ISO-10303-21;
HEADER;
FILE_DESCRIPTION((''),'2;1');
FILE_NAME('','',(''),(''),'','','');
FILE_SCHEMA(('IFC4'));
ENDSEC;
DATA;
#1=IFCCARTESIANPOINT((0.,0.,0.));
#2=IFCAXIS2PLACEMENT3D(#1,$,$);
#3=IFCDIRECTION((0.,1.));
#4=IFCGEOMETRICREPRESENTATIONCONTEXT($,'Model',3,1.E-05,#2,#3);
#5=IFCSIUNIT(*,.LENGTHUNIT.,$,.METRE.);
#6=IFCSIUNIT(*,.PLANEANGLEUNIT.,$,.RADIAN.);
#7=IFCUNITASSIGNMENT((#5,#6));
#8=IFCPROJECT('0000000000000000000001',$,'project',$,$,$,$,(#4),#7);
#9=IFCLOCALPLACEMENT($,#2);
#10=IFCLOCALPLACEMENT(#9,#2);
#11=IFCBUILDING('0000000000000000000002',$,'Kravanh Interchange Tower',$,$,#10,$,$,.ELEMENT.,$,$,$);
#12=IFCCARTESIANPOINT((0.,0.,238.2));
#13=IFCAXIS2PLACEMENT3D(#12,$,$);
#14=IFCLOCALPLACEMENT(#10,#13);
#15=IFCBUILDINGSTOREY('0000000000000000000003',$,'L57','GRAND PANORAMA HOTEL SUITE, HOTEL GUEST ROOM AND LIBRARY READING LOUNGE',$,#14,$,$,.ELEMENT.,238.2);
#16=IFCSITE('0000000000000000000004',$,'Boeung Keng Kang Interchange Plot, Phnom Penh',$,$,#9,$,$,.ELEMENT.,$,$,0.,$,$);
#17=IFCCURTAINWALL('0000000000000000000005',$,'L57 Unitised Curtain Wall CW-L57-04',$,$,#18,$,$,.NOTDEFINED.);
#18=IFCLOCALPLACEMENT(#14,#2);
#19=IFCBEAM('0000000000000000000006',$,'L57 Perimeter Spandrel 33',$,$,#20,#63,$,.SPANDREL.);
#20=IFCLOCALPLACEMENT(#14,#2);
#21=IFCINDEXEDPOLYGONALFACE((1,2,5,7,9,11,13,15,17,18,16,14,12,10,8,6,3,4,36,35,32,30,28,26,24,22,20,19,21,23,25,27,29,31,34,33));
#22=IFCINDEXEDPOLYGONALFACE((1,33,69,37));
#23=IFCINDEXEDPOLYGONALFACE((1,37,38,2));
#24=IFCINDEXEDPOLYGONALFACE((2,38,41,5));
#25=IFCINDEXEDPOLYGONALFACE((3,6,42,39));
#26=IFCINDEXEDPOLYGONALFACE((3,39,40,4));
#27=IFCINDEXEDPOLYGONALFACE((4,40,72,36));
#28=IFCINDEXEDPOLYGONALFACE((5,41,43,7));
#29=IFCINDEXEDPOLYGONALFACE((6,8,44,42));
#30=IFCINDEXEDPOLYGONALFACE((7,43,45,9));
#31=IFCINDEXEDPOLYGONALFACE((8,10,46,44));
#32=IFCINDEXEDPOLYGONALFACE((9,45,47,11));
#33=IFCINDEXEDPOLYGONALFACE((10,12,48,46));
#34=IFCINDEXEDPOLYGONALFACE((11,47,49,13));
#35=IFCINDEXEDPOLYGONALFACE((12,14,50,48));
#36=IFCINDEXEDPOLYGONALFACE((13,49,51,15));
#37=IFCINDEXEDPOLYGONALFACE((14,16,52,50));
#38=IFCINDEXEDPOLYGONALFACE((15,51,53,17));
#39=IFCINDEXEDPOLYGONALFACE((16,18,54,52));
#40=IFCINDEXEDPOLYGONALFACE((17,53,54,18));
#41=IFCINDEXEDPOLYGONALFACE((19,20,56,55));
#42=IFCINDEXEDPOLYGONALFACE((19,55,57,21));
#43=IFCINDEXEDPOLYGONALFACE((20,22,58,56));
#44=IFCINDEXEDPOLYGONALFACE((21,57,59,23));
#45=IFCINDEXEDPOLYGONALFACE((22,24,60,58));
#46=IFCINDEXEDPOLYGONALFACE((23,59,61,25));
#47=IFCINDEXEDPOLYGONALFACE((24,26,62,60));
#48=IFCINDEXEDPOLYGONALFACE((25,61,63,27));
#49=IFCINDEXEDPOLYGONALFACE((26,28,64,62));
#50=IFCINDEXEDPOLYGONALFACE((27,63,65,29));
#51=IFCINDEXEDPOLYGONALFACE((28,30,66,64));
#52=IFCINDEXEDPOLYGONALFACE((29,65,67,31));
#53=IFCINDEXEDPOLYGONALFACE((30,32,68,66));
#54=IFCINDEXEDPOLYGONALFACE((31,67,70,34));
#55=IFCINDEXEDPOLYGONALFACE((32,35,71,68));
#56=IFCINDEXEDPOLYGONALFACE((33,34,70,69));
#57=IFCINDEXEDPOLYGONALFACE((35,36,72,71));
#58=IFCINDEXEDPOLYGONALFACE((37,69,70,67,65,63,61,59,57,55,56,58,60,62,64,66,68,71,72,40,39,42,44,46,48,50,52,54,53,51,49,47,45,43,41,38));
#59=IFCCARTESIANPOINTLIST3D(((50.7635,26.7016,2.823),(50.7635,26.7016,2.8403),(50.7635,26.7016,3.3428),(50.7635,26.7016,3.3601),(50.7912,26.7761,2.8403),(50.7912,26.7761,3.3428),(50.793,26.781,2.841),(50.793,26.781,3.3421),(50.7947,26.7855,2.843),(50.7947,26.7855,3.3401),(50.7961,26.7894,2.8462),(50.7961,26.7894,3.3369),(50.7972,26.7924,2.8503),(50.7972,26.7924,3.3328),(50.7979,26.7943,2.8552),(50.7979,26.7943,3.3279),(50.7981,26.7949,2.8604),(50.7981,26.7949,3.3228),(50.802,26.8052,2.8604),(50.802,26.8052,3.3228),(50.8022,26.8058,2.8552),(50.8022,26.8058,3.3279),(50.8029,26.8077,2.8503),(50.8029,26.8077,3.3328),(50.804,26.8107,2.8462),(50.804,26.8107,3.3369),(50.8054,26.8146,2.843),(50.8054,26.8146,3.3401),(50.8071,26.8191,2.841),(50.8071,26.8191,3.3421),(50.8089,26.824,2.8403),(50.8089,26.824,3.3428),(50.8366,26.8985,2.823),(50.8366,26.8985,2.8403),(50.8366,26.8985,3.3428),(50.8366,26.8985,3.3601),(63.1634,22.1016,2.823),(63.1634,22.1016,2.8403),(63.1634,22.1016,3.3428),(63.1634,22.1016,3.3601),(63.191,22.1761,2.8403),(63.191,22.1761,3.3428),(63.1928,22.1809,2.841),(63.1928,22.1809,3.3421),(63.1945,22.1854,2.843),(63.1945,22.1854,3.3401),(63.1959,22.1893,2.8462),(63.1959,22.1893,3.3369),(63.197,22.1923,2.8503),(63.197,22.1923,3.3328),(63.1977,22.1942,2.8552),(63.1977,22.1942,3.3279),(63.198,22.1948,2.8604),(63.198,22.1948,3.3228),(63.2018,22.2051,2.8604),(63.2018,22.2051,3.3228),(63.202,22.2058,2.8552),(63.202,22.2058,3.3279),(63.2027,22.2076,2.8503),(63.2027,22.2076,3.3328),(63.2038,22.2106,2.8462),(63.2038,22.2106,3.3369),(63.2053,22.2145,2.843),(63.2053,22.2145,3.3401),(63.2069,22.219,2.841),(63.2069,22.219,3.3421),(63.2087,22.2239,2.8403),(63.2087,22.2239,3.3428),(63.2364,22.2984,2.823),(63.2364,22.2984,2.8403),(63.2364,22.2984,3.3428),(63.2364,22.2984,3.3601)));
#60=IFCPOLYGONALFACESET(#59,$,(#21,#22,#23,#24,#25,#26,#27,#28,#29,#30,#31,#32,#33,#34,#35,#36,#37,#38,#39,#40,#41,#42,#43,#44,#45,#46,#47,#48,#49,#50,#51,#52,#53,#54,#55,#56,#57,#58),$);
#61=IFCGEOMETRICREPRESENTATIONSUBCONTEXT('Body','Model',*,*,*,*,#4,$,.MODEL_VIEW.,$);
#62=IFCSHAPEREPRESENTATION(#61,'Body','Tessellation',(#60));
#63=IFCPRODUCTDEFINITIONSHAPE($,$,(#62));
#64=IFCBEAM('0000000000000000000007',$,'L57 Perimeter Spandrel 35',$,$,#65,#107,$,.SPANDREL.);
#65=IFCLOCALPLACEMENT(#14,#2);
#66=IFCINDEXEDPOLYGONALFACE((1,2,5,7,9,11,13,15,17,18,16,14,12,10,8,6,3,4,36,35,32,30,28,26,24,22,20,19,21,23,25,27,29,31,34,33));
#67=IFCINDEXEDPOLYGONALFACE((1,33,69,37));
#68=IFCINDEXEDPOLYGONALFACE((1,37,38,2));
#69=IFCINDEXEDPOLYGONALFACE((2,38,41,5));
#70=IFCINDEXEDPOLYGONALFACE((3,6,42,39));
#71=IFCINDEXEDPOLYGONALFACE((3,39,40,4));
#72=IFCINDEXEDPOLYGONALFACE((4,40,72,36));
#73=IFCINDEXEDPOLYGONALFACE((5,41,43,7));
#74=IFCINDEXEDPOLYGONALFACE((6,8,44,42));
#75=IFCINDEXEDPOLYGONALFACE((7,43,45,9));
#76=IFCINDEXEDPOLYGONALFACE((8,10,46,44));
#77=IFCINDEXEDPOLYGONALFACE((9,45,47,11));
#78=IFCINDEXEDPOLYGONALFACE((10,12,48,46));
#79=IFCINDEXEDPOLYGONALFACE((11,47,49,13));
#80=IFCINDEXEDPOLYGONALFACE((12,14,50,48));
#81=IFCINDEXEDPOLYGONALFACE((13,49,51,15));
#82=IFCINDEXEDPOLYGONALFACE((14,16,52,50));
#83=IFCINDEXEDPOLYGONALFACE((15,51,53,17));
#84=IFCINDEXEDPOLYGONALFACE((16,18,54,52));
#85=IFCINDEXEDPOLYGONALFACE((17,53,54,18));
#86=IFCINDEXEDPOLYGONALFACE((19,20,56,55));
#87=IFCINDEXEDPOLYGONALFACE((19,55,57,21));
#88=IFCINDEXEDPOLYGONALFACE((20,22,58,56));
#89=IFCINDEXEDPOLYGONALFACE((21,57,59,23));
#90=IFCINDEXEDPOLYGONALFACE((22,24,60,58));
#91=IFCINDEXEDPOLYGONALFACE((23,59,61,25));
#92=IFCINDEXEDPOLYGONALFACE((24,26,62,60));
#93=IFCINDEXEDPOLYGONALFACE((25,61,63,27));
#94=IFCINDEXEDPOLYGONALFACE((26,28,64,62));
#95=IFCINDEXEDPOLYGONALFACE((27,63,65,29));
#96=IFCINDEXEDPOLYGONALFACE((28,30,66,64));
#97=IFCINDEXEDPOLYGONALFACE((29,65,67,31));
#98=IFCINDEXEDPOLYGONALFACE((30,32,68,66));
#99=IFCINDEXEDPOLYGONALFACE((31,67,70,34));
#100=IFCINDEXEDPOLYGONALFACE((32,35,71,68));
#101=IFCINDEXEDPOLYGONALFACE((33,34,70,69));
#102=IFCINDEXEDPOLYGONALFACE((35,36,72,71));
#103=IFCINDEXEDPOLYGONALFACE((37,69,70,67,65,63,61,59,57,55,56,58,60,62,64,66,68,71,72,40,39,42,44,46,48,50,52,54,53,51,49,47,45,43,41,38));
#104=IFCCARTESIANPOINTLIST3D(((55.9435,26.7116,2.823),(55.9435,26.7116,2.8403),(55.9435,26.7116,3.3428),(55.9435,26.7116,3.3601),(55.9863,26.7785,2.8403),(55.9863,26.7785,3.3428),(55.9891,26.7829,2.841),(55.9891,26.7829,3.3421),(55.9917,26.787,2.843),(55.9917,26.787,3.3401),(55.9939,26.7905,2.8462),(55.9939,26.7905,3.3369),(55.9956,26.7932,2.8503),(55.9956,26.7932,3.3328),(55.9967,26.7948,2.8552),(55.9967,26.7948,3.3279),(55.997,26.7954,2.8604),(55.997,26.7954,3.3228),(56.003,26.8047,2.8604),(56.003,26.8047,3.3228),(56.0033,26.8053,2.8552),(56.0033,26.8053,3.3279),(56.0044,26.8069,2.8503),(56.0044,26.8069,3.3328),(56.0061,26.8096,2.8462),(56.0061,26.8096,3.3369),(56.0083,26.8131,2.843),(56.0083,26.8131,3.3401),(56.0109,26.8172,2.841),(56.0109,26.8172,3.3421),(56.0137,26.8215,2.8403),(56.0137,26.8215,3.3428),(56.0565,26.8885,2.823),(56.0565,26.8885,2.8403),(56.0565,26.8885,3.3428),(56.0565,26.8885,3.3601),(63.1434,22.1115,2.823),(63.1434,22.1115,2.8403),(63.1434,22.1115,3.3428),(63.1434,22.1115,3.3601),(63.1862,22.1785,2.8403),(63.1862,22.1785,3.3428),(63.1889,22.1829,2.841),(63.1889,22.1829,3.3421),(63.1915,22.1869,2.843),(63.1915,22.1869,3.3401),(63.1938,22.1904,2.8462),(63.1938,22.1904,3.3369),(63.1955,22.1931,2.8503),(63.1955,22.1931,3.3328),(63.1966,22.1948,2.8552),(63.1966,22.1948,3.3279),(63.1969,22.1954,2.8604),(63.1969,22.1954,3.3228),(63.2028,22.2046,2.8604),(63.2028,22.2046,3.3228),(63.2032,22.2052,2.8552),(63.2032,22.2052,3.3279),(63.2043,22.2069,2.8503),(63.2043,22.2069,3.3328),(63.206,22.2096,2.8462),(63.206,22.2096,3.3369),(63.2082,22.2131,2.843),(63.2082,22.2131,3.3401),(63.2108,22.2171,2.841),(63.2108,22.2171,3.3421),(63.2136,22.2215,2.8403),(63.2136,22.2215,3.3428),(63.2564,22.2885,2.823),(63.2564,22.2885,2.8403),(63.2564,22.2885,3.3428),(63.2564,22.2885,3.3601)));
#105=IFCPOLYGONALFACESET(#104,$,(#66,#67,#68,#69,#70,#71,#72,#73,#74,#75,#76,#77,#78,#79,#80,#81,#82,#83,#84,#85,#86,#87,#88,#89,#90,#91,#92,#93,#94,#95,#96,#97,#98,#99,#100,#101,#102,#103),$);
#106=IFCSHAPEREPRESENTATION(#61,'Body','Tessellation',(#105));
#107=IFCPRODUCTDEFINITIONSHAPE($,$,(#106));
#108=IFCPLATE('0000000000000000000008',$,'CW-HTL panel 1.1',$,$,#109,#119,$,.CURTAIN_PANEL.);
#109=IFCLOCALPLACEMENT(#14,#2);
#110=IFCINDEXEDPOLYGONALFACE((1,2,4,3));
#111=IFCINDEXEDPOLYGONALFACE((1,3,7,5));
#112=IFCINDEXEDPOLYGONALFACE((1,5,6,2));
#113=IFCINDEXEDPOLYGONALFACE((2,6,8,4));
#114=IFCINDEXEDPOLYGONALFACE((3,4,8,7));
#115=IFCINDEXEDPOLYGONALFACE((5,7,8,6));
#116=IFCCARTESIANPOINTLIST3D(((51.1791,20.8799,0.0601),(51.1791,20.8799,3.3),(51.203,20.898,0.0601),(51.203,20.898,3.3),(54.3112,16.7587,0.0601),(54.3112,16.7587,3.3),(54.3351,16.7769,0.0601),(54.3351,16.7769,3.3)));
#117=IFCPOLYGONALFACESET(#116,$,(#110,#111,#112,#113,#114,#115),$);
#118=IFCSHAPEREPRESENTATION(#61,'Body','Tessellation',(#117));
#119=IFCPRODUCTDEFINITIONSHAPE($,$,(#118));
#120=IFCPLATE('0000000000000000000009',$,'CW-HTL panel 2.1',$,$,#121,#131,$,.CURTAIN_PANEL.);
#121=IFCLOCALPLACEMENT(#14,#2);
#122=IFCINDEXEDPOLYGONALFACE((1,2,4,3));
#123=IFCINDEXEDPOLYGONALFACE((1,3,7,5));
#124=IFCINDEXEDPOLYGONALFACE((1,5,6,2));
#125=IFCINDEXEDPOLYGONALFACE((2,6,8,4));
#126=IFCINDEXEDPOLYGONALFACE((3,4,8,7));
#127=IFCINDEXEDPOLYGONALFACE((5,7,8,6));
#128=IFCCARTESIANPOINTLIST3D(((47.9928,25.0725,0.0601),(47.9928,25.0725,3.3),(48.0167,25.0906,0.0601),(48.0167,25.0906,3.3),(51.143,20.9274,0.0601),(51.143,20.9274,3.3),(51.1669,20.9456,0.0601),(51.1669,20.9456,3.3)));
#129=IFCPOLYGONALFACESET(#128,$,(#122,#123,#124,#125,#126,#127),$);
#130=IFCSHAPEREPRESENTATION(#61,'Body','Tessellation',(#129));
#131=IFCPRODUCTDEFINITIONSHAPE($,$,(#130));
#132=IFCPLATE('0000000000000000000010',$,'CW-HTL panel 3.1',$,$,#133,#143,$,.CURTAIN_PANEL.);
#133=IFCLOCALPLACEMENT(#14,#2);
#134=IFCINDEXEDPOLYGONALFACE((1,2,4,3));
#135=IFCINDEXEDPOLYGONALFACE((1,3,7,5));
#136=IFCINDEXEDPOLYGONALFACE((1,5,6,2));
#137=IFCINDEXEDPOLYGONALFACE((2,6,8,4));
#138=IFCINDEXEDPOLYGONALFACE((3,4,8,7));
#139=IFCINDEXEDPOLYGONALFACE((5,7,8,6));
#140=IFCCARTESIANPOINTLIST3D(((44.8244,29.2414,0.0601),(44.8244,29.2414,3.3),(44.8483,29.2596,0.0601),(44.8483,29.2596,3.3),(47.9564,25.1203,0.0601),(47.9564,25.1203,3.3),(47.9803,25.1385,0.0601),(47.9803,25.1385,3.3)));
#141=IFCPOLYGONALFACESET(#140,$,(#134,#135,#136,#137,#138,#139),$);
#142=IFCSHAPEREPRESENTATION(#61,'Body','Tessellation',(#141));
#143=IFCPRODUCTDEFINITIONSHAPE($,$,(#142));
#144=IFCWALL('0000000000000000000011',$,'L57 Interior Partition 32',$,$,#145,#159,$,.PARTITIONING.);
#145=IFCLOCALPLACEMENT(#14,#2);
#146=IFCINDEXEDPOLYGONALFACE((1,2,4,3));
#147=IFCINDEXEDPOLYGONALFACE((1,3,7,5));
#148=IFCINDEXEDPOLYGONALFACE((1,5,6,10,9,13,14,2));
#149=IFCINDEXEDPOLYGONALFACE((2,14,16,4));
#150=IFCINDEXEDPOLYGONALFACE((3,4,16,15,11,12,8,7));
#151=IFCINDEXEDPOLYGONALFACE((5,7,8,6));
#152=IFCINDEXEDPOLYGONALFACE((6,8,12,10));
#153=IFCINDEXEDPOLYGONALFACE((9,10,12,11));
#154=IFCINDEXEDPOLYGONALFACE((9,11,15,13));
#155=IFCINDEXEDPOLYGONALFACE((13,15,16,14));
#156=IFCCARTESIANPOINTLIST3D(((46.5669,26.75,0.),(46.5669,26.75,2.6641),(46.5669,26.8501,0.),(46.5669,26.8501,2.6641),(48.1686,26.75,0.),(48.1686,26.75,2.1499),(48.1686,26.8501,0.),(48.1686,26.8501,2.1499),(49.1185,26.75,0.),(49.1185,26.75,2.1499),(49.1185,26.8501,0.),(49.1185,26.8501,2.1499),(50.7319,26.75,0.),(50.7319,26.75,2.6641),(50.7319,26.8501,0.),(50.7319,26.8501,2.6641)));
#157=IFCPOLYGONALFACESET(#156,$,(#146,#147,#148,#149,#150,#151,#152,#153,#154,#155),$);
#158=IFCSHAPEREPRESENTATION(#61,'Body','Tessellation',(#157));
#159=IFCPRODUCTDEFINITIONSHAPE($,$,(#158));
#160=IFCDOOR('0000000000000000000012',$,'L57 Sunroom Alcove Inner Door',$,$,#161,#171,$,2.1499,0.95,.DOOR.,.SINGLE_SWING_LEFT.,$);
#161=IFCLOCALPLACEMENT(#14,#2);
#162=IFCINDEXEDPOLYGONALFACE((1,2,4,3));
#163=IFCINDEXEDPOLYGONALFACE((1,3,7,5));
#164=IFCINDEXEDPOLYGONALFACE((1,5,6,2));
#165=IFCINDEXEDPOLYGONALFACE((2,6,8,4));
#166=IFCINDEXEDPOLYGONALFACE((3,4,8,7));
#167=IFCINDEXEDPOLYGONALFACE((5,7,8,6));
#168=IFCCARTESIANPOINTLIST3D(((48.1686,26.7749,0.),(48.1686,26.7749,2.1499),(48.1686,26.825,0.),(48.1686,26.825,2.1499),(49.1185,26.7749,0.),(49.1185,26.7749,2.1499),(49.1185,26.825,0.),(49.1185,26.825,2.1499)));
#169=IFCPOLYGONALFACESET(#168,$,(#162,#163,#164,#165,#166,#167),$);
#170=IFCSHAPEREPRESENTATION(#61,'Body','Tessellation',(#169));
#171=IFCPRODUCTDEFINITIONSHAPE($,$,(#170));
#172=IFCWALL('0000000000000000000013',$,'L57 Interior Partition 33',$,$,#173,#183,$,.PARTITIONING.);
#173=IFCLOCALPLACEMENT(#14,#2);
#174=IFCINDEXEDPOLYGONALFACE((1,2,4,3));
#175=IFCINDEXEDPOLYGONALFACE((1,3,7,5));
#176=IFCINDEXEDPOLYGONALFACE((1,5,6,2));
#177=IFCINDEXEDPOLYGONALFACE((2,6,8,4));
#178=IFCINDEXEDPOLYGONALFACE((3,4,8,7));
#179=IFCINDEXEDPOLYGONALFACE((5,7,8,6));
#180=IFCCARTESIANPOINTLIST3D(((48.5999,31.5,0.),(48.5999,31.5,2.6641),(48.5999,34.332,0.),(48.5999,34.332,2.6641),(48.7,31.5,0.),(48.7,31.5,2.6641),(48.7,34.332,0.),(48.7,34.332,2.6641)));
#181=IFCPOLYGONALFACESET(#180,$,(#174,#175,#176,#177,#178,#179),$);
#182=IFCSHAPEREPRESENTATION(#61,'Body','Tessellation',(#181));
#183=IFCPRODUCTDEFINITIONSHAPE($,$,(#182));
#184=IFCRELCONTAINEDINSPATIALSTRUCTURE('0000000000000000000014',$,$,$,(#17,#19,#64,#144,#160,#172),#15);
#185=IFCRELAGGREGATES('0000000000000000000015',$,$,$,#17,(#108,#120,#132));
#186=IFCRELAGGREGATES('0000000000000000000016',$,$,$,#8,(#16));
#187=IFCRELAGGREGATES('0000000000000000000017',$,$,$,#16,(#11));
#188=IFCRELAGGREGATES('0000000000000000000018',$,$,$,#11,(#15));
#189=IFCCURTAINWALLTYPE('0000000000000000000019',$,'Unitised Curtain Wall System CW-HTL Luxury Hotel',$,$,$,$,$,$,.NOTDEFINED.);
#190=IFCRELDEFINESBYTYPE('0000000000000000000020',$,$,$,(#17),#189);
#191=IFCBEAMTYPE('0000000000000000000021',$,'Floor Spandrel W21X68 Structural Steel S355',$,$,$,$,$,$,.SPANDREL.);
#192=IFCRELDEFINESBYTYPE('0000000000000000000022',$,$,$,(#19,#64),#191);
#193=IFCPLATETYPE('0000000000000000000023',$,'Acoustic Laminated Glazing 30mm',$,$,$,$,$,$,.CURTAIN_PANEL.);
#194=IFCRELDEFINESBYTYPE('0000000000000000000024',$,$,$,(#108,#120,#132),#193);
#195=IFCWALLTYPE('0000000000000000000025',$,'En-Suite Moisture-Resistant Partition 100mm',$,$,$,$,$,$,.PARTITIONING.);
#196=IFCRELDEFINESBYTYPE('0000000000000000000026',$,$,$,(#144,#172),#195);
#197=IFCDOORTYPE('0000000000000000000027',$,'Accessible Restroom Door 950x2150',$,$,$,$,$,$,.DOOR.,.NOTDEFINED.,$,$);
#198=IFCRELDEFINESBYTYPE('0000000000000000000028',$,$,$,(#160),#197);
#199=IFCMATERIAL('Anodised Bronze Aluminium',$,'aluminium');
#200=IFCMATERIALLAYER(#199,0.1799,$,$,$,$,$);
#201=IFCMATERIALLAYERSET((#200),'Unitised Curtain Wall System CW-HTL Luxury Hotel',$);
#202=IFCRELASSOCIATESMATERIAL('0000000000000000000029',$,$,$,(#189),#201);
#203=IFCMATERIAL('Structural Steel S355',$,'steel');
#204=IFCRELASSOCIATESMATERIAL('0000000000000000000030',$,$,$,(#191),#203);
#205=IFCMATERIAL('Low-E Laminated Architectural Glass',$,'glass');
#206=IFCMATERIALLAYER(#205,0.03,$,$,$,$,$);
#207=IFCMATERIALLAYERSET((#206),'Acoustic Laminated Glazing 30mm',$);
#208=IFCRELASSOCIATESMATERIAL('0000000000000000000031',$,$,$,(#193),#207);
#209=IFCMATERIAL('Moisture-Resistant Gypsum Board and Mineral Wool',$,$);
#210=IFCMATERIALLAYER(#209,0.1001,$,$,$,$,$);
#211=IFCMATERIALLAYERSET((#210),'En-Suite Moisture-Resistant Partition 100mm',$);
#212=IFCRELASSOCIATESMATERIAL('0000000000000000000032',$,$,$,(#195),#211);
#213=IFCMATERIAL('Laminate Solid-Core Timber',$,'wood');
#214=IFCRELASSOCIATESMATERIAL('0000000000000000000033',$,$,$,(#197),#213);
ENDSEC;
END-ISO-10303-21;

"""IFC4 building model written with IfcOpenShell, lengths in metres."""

from ifc_helpers import new_model, si_unit, direction, frame, frame_2d, origin, origin_2d, place, context, subcontext, project, spatial, rectangle, i_section, extrude, material, layer, layer_set, material_profile, profile_set, type_object, element, fill, aggregate, save


model = new_model("IFC4")

# Units and contexts
model_context = context("Model", 3, precision=1e-05, world=origin(), true_north=direction((0.0, 1.0)))
body_context = subcontext(model_context, "Body", "Model", "MODEL_VIEW")
ifc_project = project(units=[si_unit("LENGTHUNIT", "METRE"), si_unit("PLANEANGLEUNIT", "RADIAN")], contexts=[model_context])

# Site, building, storey
site_placement = place(None, origin())
site = spatial("IfcSite", under=ifc_project, at=site_placement, Name="Boeung Keng Kang Interchange Plot, Phnom Penh", CompositionType="ELEMENT", RefElevation=0.0)
building_placement = place(site_placement, origin())
building = spatial("IfcBuilding", under=site, at=building_placement, Name="Kravanh Interchange Tower", CompositionType="ELEMENT")
storey_placement = place(building_placement, frame((0.0, 0.0, 238.2)))
storey = spatial("IfcBuildingStorey", under=building, at=storey_placement, Name="L57", Description="GRAND PANORAMA HOTEL SUITE, HOTEL GUEST ROOM AND LIBRARY READING LOUNGE", CompositionType="ELEMENT", Elevation=238.2)

# Shared definitions
ifc_material_1 = material(Name="Anodised Bronze Aluminium", Category="aluminium")
ifc_layer_1 = layer(ifc_material_1, 0.1799)
ifc_layer_set_1 = layer_set([ifc_layer_1], Name="Unitised Curtain Wall System CW-HTL Luxury Hotel")
curtain_wall_type = type_object("IfcCurtainWallType", Name="Unitised Curtain Wall System CW-HTL Luxury Hotel", PredefinedType="NOTDEFINED", material=ifc_layer_set_1)

# Curtain wall
curtain_wall_1_placement = place(storey_placement, origin())
curtain_wall_1 = element("IfcCurtainWall", 1, at=curtain_wall_1_placement, inside=storey, type_object=curtain_wall_type, Name="L57 Unitised Curtain Wall CW-L57-04", PredefinedType="NOTDEFINED")

# Beams
ifc_material_2 = material(Name="Structural Steel S355", Category="steel")
ifc_material_profile_1 = material_profile(ifc_material_2, i_section(OverallWidth=0.21, OverallDepth=0.5371, WebThickness=0.011, FlangeThickness=0.0173, FilletRadius=0.02, at=origin_2d()), Name="W21X68")
ifc_profile_set_1 = profile_set([ifc_material_profile_1], Name="Structural Steel S355")
beam_type_1 = type_object("IfcBeamType", Name="Floor Spandrel W21X68 Structural Steel S355", PredefinedType="SPANDREL", material=ifc_profile_set_1)
beam_1_placement = place(storey_placement, frame((50.8, 26.8, 3.0916), z_axis=(0.937563, -0.347816, 0.0), x_axis=(0.347816, 0.937563, 0.0)))
element("IfcBeam", 2, at=beam_1_placement, inside=storey, type_object=beam_type_1, Name="L57 Perimeter Spandrel 33", PredefinedType="SPANDREL", context=body_context, shape_type="SweptSolid", body=[
    extrude(i_section(OverallWidth=0.21, OverallDepth=0.5371, WebThickness=0.011, FlangeThickness=0.0173, FilletRadius=0.02, at=origin_2d()), origin(), (0.0, 0.0, 1.0), 13.2256),
])
beam_2_placement = place(storey_placement, frame((56.0, 26.8, 3.0916), z_axis=(0.842689, -0.5384, 0.0), x_axis=(0.5384, 0.842689, 0.0)))
element("IfcBeam", 3, at=beam_2_placement, inside=storey, type_object=beam_type_1, Name="L57 Perimeter Spandrel 35", PredefinedType="SPANDREL", context=body_context, shape_type="SweptSolid", body=[
    extrude(i_section(OverallWidth=0.21, OverallDepth=0.5371, WebThickness=0.011, FlangeThickness=0.0173, FilletRadius=0.02, at=origin_2d()), origin(), (0.0, 0.0, 1.0), 8.5439),
])

# Plates
ifc_material_3 = material(Name="Low-E Laminated Architectural Glass", Category="glass")
ifc_layer_2 = layer(ifc_material_3, 0.03)
ifc_layer_set_2 = layer_set([ifc_layer_2], Name="Acoustic Laminated Glazing 30mm")
plate_type = type_object("IfcPlateType", Name="Acoustic Laminated Glazing 30mm", PredefinedType="CURTAIN_PANEL", material=ifc_layer_set_2)
plate_1_placement = place(storey_placement, frame((52.7571, 18.8284, 0.0601), z_axis=(0.0, 0.0, 1.0), x_axis=(-0.605083, 0.796162, 0.0)))
plate_1 = element("IfcPlate", 4, at=plate_1_placement, type_object=plate_type, Name="CW-HTL panel 1.1", PredefinedType="CURTAIN_PANEL", context=body_context, shape_type="SweptSolid", body=[
    extrude(rectangle(XDim=5.1763, YDim=0.03, at=origin_2d()), origin(), (0.0, 0.0, 1.0), 3.24),
])
plate_2_placement = place(storey_placement, frame((49.5798, 23.009, 0.0601), z_axis=(0.0, 0.0, 1.0), x_axis=(-0.605083, 0.796162, 0.0)))
plate_2 = element("IfcPlate", 5, at=plate_2_placement, type_object=plate_type, Name="CW-HTL panel 2.1", PredefinedType="CURTAIN_PANEL", context=body_context, shape_type="SweptSolid", body=[
    extrude(rectangle(XDim=5.2063, YDim=0.03, at=origin_2d()), origin(), (0.0, 0.0, 1.0), 3.24),
])
plate_3_placement = place(storey_placement, frame((46.4023, 27.1899, 0.0601), z_axis=(0.0, 0.0, 1.0), x_axis=(-0.605083, 0.796162, 0.0)))
plate_3 = element("IfcPlate", 6, at=plate_3_placement, type_object=plate_type, Name="CW-HTL panel 3.1", PredefinedType="CURTAIN_PANEL", context=body_context, shape_type="SweptSolid", body=[
    extrude(rectangle(XDim=5.1763, YDim=0.03, at=origin_2d()), origin(), (0.0, 0.0, 1.0), 3.24),
])
aggregate(curtain_wall_1, [plate_1, plate_2, plate_3])

# Wall, opening, door
ifc_material_4 = material(Name="Moisture-Resistant Gypsum Board and Mineral Wool")
ifc_layer_3 = layer(ifc_material_4, 0.1001)
ifc_layer_set_3 = layer_set([ifc_layer_3], Name="En-Suite Moisture-Resistant Partition 100mm")
wall_type_1 = type_object("IfcWallType", Name="En-Suite Moisture-Resistant Partition 100mm", PredefinedType="PARTITIONING", material=ifc_layer_set_3)
wall_1_placement = place(storey_placement, frame((46.5669, 26.8, 0.0), z_axis=(0.0, 0.0, 1.0), x_axis=(1.0, 0.0, 0.0)))
wall_1 = element("IfcWall", 7, at=wall_1_placement, inside=storey, type_object=wall_type_1, Name="L57 Interior Partition 32", PredefinedType="PARTITIONING", context=body_context, shape_type="SweptSolid", body=[
    extrude(rectangle(XDim=4.165, YDim=0.1001, at=frame_2d((2.0825, 0.0))), origin(), (0.0, 0.0, 1.0), 2.6641),
])
opening_1_placement = place(wall_1_placement, frame((1.6016, 0.0, 0.0)))
opening_1 = element("IfcOpeningElement", 8, at=opening_1_placement, cuts=wall_1, PredefinedType="OPENING", context=body_context, shape_type="SweptSolid", body=[
    extrude(rectangle(XDim=0.95, YDim=2.1499, at=frame_2d((0.4751, 1.075))), frame((0.0, 0.0601, 0.0), z_axis=(0.0, -1.0, 0.0), x_axis=(1.0, 0.0, 0.0)), (0.0, 0.0, 1.0), 0.1201),
])
ifc_material_5 = material(Name="Laminate Solid-Core Timber", Category="wood")
door_type_1 = type_object("IfcDoorType", Name="Accessible Restroom Door 950x2150", OperationType="NOTDEFINED", PredefinedType="DOOR", material=ifc_material_5)
door_1_placement = place(opening_1_placement, origin())
door_1 = element("IfcDoor", 9, at=door_1_placement, inside=storey, type_object=door_type_1, Name="L57 Sunroom Alcove Inner Door", OperationType="SINGLE_SWING_LEFT", OverallHeight=2.1499, OverallWidth=0.95, PredefinedType="DOOR", context=body_context, shape_type="SweptSolid", body=[
    extrude(rectangle(XDim=0.95, YDim=2.1499, at=frame_2d((0.4751, 1.075))), frame((0.0, 0.0249, 0.0), z_axis=(0.0, -1.0, 0.0), x_axis=(1.0, 0.0, 0.0)), (0.0, 0.0, 1.0), 0.05),
])
fill(opening_1, door_1)

# Wall
wall_2_placement = place(storey_placement, frame((48.6499, 31.5, 0.0), z_axis=(0.0, 0.0, 1.0), x_axis=(0.0, 1.0, 0.0)))
element("IfcWall", 10, at=wall_2_placement, inside=storey, type_object=wall_type_1, Name="L57 Interior Partition 33", PredefinedType="PARTITIONING", context=body_context, shape_type="SweptSolid", body=[
    extrude(rectangle(XDim=2.832, YDim=0.1001, at=frame_2d((1.416, 0.0))), origin(), (0.0, 0.0, 1.0), 2.6641),
])

save(model, "model.ifc")
